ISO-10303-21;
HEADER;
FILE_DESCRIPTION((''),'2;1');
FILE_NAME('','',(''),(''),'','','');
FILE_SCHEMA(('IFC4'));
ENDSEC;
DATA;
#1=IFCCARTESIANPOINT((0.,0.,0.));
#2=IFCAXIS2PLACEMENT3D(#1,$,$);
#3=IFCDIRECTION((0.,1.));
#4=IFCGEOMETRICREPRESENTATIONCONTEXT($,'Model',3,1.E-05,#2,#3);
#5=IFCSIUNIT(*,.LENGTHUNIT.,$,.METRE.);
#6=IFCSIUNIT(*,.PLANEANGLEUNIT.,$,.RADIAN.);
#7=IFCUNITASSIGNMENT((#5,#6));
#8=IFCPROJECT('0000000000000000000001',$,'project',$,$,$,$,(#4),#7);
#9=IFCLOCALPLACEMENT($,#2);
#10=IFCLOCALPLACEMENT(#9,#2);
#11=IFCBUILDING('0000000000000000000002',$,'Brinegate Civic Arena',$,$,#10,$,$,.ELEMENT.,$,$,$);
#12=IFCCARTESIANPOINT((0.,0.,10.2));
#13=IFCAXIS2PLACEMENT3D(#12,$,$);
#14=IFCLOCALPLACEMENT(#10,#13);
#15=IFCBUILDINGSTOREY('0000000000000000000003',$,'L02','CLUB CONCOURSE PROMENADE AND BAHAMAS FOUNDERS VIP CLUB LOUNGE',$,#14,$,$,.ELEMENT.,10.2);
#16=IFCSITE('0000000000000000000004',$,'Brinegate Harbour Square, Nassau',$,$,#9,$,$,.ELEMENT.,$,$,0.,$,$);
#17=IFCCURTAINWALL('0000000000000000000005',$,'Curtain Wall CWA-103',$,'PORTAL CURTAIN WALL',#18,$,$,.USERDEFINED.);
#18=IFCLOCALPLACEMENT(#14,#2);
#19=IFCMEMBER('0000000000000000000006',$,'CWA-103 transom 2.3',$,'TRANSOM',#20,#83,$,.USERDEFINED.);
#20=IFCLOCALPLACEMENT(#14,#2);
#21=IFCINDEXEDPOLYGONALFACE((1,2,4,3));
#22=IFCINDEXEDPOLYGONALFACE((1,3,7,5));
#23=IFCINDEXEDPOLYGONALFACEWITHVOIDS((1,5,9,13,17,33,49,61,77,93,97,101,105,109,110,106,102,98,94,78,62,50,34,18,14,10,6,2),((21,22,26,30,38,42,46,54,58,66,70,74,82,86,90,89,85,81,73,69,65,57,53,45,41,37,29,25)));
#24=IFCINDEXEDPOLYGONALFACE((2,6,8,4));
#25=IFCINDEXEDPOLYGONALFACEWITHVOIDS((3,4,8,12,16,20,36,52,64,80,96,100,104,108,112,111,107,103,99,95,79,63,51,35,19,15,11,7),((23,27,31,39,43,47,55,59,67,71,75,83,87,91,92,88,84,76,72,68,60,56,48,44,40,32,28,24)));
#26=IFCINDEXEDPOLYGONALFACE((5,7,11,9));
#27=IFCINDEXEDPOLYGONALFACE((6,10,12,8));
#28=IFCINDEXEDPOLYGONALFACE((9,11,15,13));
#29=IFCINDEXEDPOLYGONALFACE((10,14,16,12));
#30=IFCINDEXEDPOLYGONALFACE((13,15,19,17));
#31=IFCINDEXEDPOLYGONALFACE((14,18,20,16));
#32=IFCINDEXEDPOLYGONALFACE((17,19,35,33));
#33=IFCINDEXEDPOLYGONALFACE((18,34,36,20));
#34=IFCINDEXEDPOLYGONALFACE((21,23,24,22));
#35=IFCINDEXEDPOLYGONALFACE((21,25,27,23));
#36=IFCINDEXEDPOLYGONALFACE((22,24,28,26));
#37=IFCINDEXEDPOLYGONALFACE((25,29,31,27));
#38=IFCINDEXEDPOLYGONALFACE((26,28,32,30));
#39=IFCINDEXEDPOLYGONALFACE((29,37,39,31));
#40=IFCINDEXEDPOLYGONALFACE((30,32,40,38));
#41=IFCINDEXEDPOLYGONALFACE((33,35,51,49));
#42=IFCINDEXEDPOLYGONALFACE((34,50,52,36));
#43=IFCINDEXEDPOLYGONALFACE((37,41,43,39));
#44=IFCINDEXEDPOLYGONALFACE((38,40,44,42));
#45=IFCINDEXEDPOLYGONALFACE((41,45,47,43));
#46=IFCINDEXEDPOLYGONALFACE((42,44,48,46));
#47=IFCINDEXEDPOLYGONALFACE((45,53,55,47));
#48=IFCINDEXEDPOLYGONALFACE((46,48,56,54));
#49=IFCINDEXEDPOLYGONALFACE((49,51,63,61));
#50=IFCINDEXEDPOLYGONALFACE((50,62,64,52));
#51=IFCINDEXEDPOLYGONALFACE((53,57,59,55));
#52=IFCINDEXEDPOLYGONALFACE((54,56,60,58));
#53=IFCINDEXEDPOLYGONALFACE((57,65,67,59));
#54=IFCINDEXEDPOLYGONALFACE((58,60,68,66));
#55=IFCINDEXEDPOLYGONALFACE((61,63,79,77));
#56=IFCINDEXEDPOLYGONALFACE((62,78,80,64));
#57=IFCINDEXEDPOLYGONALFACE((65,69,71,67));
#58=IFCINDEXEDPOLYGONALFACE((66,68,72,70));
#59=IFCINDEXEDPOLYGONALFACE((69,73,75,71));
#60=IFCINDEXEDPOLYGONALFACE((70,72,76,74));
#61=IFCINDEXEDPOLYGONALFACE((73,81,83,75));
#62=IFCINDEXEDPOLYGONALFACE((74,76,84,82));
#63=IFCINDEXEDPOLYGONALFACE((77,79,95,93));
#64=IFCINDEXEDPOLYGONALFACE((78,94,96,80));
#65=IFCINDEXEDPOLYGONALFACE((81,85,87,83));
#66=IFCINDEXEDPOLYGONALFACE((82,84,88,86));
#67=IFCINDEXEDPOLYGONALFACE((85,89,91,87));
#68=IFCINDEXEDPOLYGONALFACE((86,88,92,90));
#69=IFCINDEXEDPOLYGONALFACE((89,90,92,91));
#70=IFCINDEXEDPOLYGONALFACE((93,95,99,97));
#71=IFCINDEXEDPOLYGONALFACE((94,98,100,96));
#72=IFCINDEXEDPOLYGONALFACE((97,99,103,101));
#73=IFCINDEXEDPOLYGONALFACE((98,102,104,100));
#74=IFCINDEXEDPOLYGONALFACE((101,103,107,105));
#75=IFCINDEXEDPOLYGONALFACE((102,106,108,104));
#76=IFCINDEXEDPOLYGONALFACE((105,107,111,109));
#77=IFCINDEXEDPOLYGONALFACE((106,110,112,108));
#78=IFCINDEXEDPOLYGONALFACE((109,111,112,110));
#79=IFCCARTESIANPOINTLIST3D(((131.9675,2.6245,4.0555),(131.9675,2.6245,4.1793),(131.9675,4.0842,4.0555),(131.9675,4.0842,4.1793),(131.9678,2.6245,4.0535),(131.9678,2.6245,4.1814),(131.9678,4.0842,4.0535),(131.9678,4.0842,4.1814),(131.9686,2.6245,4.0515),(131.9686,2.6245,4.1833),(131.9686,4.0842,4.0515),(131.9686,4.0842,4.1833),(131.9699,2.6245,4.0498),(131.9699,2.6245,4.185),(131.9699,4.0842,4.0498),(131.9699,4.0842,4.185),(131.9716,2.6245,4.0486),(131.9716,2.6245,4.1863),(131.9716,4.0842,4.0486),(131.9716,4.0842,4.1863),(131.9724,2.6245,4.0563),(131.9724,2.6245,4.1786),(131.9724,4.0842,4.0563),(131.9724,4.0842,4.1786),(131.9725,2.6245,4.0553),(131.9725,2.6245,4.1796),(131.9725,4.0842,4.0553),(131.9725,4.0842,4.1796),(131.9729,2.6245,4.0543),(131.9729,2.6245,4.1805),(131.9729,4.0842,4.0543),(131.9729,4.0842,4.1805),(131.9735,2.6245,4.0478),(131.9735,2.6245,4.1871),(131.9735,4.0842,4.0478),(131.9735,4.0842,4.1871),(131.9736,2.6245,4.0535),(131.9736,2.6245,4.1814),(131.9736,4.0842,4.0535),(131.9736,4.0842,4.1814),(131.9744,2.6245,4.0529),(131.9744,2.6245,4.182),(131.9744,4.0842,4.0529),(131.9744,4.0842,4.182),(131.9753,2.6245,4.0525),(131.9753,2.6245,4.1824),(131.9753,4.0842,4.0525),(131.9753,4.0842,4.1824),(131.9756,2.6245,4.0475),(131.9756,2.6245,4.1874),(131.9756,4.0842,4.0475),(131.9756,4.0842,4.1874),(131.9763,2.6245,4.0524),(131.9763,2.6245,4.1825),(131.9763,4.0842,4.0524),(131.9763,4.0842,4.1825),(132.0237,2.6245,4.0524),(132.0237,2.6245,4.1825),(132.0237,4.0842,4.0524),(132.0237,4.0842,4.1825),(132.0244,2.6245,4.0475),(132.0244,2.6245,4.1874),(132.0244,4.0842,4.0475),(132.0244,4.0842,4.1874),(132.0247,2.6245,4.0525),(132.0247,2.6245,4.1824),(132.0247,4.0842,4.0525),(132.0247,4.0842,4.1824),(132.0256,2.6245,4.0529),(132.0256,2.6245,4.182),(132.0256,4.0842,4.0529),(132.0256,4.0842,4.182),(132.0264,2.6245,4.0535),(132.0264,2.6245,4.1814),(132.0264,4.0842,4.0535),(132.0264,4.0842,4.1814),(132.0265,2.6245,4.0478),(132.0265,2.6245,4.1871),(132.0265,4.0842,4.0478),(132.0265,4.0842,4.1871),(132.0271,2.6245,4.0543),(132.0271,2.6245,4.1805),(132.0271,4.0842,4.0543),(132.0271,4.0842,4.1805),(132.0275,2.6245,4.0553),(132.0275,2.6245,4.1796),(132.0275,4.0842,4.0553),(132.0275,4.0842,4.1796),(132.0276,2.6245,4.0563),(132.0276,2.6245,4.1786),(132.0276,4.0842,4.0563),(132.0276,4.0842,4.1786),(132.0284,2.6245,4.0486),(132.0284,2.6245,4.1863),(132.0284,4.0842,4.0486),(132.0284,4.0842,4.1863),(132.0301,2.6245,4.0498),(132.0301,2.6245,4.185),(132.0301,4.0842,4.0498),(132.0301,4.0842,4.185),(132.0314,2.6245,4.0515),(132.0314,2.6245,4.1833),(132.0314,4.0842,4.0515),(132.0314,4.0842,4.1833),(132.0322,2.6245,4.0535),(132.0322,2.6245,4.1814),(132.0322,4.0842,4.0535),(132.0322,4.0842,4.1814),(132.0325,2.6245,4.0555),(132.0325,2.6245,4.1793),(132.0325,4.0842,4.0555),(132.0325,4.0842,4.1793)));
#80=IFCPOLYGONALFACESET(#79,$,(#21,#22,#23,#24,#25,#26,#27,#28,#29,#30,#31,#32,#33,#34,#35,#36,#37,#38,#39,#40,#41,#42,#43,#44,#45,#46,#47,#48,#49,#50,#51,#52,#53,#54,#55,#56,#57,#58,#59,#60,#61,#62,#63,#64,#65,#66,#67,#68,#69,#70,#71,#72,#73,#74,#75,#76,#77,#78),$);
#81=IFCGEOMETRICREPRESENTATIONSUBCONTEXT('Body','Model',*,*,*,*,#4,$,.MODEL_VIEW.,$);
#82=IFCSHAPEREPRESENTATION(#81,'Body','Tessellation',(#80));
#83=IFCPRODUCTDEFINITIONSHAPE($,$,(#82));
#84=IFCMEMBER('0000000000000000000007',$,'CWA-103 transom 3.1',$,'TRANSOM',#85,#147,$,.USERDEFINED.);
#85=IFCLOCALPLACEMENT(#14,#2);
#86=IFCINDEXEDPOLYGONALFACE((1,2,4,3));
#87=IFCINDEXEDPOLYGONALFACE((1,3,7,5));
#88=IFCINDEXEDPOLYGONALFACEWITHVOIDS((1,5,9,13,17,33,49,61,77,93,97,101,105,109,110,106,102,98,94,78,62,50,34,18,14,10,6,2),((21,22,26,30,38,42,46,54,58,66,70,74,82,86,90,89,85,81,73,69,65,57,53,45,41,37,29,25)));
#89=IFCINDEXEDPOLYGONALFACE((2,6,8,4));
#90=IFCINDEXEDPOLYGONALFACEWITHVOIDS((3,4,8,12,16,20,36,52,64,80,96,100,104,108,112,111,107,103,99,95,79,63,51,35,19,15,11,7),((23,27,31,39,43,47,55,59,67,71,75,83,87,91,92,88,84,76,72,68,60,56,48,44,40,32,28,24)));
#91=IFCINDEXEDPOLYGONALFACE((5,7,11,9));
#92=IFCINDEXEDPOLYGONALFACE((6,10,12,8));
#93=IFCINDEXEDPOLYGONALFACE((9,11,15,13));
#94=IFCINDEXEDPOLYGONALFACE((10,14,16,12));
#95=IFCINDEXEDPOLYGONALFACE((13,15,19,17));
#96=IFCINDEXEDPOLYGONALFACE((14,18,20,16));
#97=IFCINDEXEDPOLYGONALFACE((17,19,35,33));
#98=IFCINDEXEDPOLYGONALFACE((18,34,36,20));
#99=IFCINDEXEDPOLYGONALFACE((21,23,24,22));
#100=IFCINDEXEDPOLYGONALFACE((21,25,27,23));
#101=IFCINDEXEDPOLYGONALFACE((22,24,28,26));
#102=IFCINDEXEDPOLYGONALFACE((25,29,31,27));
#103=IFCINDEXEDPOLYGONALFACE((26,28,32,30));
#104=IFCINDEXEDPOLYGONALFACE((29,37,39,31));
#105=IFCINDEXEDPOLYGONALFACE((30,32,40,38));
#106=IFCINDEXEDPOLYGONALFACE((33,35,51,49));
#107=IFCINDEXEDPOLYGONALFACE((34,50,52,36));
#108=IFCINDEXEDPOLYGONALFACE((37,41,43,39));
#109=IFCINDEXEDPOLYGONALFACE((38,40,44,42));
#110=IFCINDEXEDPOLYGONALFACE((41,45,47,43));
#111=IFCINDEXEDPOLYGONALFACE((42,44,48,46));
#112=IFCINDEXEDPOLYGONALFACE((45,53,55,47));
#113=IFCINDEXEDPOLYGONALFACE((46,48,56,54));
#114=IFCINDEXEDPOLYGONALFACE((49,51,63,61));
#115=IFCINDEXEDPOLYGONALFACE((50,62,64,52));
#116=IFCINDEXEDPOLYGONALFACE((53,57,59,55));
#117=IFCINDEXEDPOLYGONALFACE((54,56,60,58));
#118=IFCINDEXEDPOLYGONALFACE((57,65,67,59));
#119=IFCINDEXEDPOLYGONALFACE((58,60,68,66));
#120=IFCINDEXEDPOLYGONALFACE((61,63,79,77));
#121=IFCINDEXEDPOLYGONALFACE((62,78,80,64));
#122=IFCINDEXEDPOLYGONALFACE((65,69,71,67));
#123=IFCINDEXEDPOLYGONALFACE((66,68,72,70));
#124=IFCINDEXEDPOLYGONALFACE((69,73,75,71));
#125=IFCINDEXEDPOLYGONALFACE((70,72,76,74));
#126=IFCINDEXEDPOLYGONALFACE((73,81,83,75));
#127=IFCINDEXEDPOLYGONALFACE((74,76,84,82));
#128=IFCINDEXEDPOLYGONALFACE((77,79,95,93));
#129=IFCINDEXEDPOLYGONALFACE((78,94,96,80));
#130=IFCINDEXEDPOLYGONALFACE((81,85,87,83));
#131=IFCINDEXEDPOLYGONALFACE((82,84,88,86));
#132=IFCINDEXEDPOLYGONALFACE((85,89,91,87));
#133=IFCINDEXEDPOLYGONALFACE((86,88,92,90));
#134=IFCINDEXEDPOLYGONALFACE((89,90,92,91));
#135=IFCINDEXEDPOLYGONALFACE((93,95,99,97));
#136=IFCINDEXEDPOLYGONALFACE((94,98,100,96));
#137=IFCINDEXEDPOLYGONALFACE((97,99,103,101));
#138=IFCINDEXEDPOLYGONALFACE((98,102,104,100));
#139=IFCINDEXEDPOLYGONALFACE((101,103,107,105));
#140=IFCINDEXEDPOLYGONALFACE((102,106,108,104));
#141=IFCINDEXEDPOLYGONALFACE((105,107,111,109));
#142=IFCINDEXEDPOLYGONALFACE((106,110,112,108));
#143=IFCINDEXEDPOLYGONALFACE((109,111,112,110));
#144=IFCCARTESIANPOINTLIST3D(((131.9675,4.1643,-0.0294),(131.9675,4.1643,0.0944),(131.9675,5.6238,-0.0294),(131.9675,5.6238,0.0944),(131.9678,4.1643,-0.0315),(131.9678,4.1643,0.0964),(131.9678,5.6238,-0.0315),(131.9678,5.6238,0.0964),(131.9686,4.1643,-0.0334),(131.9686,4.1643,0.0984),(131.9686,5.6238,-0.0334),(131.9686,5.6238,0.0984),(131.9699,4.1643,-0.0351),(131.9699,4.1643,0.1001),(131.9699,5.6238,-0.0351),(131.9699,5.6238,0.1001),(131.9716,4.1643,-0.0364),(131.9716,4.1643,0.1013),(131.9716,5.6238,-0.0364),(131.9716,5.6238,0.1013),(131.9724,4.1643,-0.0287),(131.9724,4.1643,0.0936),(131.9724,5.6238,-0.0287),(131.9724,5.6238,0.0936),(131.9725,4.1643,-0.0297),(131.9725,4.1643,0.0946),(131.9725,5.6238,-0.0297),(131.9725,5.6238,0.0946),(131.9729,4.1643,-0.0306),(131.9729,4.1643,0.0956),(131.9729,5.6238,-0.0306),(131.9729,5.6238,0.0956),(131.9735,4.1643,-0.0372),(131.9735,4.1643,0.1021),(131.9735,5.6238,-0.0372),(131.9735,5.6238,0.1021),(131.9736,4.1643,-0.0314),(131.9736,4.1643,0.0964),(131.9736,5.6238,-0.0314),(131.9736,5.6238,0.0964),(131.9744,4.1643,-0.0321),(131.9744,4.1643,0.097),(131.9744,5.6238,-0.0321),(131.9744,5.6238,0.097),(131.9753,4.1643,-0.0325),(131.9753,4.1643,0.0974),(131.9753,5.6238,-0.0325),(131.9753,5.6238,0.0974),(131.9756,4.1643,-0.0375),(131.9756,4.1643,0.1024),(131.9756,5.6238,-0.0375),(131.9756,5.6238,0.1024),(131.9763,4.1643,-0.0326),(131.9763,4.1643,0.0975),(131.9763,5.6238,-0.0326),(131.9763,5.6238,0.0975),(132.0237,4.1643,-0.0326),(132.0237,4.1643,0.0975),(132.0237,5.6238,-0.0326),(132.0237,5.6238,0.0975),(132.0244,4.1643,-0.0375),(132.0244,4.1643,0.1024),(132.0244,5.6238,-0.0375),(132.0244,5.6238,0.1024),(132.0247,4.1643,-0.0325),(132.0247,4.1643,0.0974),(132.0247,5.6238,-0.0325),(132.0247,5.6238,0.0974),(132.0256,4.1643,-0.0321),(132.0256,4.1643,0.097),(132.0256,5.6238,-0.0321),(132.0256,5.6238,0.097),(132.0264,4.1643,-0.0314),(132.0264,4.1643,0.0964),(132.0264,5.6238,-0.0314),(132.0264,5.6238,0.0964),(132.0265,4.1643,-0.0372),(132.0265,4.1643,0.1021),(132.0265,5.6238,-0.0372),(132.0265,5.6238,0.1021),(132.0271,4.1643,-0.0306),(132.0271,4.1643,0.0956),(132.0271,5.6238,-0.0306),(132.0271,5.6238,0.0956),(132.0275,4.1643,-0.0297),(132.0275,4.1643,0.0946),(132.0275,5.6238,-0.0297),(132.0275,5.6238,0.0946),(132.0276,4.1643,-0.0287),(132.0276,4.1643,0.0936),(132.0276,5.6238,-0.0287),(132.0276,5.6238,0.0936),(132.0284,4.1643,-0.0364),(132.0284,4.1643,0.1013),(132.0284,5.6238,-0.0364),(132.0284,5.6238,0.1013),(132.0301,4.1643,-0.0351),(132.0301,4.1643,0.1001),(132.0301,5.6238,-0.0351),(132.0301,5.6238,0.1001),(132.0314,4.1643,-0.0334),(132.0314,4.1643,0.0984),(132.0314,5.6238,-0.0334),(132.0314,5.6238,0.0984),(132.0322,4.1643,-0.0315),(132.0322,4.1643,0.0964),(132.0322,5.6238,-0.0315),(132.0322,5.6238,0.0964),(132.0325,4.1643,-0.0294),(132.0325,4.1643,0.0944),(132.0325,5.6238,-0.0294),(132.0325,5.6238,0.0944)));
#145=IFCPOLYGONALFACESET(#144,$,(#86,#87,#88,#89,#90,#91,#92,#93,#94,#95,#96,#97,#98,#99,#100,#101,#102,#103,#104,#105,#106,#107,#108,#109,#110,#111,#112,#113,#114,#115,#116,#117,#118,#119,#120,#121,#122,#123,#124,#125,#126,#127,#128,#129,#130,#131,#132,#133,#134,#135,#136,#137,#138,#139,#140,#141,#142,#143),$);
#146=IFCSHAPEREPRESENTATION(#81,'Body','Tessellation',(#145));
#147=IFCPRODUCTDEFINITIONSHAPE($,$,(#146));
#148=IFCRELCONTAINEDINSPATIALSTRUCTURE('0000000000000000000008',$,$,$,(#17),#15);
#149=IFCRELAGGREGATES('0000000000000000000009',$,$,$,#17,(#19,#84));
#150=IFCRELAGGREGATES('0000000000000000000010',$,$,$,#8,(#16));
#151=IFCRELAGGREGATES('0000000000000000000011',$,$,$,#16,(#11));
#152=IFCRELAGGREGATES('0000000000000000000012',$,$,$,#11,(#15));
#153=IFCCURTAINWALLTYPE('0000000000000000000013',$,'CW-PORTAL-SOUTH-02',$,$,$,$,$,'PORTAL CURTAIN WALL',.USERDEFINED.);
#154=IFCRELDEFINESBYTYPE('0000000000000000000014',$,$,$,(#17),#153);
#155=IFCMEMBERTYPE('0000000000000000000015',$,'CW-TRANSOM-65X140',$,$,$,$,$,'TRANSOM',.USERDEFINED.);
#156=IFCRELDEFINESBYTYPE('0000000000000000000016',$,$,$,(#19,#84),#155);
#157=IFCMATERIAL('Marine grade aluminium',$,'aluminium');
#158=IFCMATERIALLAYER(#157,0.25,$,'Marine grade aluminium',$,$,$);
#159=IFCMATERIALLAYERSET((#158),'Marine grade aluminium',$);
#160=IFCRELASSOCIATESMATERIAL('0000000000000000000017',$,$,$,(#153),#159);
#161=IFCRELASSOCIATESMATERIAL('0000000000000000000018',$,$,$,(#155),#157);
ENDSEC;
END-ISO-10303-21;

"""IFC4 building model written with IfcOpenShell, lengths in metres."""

from ifc_helpers import new_model, si_unit, direction, frame, origin, origin_2d, place, context, subcontext, project, spatial, hollow_rectangle, extrude, material, layer, layer_set, material_profile, profile_set, type_object, element, aggregate, save


model = new_model("IFC4")

# Units and contexts
model_context = context("Model", 3, precision=1e-05, world=origin(), true_north=direction((0.0, 1.0)))
body_context = subcontext(model_context, "Body", "Model", "MODEL_VIEW")
ifc_project = project(units=[si_unit("LENGTHUNIT", "METRE"), si_unit("PLANEANGLEUNIT", "RADIAN")], contexts=[model_context])

# Site, building, storey
site_placement = place(None, origin())
site = spatial("IfcSite", under=ifc_project, at=site_placement, Name="Brinegate Harbour Square, Nassau", CompositionType="ELEMENT", RefElevation=0.0)
building_placement = place(site_placement, origin())
building = spatial("IfcBuilding", under=site, at=building_placement, Name="Brinegate Civic Arena", CompositionType="ELEMENT")
storey_placement = place(building_placement, frame((0.0, 0.0, 10.2)))
storey = spatial("IfcBuildingStorey", under=building, at=storey_placement, Name="L02", Description="CLUB CONCOURSE PROMENADE AND BAHAMAS FOUNDERS VIP CLUB LOUNGE", CompositionType="ELEMENT", Elevation=10.2)

# Curtain wall, members
ifc_material_1 = material(Name="Marine grade aluminium", Category="aluminium")
ifc_layer_1 = layer(ifc_material_1, 0.25, Name="Marine grade aluminium")
ifc_layer_set_1 = layer_set([ifc_layer_1], Name="Marine grade aluminium")
curtain_wall_type = type_object("IfcCurtainWallType", Name="CW-PORTAL-SOUTH-02", ElementType="PORTAL CURTAIN WALL", PredefinedType="USERDEFINED", material=ifc_layer_set_1)
curtain_wall_placement = place(storey_placement, origin())
curtain_wall = element("IfcCurtainWall", 1, at=curtain_wall_placement, inside=storey, type_object=curtain_wall_type, Name="Curtain Wall CWA-103", ObjectType="PORTAL CURTAIN WALL", PredefinedType="USERDEFINED")
ifc_material_profile_1 = material_profile(ifc_material_1, hollow_rectangle(XDim=0.0649, YDim=0.1399, WallThickness=0.0049, InnerFilletRadius=0.0039, OuterFilletRadius=0.0081, at=origin_2d()), Name="TRN65X140")
ifc_profile_set_1 = profile_set([ifc_material_profile_1], Name="Marine grade aluminium")
member_type_1 = type_object("IfcMemberType", Name="CW-TRANSOM-65X140", ElementType="TRANSOM", PredefinedType="USERDEFINED", material=ifc_profile_set_1)
member_1_placement = place(storey_placement, frame((132.0, 2.6245, 4.1174), z_axis=(0.0, 1.0, 0.0), x_axis=(-1.0, 0.0, 0.0)))
member_1 = element("IfcMember", 2, at=member_1_placement, type_object=member_type_1, Name="CWA-103 transom 2.3", ObjectType="TRANSOM", PredefinedType="USERDEFINED", context=body_context, shape_type="SweptSolid", body=[
    extrude(hollow_rectangle(XDim=0.0649, YDim=0.1399, WallThickness=0.0049, InnerFilletRadius=0.0039, OuterFilletRadius=0.0081, at=origin_2d()), origin(), (0.0, 0.0, 1.0), 1.4597),
])
member_2_placement = place(storey_placement, frame((132.0, 4.1643, 0.0325), z_axis=(0.0, 1.0, 0.0), x_axis=(-1.0, 0.0, 0.0)))
member_2 = element("IfcMember", 3, at=member_2_placement, type_object=member_type_1, Name="CWA-103 transom 3.1", ObjectType="TRANSOM", PredefinedType="USERDEFINED", context=body_context, shape_type="SweptSolid", body=[
    extrude(hollow_rectangle(XDim=0.0649, YDim=0.1399, WallThickness=0.0049, InnerFilletRadius=0.0039, OuterFilletRadius=0.0081, at=origin_2d()), origin(), (0.0, 0.0, 1.0), 1.4595),
])
aggregate(curtain_wall, [member_1, member_2])

save(model, "model.ifc")
